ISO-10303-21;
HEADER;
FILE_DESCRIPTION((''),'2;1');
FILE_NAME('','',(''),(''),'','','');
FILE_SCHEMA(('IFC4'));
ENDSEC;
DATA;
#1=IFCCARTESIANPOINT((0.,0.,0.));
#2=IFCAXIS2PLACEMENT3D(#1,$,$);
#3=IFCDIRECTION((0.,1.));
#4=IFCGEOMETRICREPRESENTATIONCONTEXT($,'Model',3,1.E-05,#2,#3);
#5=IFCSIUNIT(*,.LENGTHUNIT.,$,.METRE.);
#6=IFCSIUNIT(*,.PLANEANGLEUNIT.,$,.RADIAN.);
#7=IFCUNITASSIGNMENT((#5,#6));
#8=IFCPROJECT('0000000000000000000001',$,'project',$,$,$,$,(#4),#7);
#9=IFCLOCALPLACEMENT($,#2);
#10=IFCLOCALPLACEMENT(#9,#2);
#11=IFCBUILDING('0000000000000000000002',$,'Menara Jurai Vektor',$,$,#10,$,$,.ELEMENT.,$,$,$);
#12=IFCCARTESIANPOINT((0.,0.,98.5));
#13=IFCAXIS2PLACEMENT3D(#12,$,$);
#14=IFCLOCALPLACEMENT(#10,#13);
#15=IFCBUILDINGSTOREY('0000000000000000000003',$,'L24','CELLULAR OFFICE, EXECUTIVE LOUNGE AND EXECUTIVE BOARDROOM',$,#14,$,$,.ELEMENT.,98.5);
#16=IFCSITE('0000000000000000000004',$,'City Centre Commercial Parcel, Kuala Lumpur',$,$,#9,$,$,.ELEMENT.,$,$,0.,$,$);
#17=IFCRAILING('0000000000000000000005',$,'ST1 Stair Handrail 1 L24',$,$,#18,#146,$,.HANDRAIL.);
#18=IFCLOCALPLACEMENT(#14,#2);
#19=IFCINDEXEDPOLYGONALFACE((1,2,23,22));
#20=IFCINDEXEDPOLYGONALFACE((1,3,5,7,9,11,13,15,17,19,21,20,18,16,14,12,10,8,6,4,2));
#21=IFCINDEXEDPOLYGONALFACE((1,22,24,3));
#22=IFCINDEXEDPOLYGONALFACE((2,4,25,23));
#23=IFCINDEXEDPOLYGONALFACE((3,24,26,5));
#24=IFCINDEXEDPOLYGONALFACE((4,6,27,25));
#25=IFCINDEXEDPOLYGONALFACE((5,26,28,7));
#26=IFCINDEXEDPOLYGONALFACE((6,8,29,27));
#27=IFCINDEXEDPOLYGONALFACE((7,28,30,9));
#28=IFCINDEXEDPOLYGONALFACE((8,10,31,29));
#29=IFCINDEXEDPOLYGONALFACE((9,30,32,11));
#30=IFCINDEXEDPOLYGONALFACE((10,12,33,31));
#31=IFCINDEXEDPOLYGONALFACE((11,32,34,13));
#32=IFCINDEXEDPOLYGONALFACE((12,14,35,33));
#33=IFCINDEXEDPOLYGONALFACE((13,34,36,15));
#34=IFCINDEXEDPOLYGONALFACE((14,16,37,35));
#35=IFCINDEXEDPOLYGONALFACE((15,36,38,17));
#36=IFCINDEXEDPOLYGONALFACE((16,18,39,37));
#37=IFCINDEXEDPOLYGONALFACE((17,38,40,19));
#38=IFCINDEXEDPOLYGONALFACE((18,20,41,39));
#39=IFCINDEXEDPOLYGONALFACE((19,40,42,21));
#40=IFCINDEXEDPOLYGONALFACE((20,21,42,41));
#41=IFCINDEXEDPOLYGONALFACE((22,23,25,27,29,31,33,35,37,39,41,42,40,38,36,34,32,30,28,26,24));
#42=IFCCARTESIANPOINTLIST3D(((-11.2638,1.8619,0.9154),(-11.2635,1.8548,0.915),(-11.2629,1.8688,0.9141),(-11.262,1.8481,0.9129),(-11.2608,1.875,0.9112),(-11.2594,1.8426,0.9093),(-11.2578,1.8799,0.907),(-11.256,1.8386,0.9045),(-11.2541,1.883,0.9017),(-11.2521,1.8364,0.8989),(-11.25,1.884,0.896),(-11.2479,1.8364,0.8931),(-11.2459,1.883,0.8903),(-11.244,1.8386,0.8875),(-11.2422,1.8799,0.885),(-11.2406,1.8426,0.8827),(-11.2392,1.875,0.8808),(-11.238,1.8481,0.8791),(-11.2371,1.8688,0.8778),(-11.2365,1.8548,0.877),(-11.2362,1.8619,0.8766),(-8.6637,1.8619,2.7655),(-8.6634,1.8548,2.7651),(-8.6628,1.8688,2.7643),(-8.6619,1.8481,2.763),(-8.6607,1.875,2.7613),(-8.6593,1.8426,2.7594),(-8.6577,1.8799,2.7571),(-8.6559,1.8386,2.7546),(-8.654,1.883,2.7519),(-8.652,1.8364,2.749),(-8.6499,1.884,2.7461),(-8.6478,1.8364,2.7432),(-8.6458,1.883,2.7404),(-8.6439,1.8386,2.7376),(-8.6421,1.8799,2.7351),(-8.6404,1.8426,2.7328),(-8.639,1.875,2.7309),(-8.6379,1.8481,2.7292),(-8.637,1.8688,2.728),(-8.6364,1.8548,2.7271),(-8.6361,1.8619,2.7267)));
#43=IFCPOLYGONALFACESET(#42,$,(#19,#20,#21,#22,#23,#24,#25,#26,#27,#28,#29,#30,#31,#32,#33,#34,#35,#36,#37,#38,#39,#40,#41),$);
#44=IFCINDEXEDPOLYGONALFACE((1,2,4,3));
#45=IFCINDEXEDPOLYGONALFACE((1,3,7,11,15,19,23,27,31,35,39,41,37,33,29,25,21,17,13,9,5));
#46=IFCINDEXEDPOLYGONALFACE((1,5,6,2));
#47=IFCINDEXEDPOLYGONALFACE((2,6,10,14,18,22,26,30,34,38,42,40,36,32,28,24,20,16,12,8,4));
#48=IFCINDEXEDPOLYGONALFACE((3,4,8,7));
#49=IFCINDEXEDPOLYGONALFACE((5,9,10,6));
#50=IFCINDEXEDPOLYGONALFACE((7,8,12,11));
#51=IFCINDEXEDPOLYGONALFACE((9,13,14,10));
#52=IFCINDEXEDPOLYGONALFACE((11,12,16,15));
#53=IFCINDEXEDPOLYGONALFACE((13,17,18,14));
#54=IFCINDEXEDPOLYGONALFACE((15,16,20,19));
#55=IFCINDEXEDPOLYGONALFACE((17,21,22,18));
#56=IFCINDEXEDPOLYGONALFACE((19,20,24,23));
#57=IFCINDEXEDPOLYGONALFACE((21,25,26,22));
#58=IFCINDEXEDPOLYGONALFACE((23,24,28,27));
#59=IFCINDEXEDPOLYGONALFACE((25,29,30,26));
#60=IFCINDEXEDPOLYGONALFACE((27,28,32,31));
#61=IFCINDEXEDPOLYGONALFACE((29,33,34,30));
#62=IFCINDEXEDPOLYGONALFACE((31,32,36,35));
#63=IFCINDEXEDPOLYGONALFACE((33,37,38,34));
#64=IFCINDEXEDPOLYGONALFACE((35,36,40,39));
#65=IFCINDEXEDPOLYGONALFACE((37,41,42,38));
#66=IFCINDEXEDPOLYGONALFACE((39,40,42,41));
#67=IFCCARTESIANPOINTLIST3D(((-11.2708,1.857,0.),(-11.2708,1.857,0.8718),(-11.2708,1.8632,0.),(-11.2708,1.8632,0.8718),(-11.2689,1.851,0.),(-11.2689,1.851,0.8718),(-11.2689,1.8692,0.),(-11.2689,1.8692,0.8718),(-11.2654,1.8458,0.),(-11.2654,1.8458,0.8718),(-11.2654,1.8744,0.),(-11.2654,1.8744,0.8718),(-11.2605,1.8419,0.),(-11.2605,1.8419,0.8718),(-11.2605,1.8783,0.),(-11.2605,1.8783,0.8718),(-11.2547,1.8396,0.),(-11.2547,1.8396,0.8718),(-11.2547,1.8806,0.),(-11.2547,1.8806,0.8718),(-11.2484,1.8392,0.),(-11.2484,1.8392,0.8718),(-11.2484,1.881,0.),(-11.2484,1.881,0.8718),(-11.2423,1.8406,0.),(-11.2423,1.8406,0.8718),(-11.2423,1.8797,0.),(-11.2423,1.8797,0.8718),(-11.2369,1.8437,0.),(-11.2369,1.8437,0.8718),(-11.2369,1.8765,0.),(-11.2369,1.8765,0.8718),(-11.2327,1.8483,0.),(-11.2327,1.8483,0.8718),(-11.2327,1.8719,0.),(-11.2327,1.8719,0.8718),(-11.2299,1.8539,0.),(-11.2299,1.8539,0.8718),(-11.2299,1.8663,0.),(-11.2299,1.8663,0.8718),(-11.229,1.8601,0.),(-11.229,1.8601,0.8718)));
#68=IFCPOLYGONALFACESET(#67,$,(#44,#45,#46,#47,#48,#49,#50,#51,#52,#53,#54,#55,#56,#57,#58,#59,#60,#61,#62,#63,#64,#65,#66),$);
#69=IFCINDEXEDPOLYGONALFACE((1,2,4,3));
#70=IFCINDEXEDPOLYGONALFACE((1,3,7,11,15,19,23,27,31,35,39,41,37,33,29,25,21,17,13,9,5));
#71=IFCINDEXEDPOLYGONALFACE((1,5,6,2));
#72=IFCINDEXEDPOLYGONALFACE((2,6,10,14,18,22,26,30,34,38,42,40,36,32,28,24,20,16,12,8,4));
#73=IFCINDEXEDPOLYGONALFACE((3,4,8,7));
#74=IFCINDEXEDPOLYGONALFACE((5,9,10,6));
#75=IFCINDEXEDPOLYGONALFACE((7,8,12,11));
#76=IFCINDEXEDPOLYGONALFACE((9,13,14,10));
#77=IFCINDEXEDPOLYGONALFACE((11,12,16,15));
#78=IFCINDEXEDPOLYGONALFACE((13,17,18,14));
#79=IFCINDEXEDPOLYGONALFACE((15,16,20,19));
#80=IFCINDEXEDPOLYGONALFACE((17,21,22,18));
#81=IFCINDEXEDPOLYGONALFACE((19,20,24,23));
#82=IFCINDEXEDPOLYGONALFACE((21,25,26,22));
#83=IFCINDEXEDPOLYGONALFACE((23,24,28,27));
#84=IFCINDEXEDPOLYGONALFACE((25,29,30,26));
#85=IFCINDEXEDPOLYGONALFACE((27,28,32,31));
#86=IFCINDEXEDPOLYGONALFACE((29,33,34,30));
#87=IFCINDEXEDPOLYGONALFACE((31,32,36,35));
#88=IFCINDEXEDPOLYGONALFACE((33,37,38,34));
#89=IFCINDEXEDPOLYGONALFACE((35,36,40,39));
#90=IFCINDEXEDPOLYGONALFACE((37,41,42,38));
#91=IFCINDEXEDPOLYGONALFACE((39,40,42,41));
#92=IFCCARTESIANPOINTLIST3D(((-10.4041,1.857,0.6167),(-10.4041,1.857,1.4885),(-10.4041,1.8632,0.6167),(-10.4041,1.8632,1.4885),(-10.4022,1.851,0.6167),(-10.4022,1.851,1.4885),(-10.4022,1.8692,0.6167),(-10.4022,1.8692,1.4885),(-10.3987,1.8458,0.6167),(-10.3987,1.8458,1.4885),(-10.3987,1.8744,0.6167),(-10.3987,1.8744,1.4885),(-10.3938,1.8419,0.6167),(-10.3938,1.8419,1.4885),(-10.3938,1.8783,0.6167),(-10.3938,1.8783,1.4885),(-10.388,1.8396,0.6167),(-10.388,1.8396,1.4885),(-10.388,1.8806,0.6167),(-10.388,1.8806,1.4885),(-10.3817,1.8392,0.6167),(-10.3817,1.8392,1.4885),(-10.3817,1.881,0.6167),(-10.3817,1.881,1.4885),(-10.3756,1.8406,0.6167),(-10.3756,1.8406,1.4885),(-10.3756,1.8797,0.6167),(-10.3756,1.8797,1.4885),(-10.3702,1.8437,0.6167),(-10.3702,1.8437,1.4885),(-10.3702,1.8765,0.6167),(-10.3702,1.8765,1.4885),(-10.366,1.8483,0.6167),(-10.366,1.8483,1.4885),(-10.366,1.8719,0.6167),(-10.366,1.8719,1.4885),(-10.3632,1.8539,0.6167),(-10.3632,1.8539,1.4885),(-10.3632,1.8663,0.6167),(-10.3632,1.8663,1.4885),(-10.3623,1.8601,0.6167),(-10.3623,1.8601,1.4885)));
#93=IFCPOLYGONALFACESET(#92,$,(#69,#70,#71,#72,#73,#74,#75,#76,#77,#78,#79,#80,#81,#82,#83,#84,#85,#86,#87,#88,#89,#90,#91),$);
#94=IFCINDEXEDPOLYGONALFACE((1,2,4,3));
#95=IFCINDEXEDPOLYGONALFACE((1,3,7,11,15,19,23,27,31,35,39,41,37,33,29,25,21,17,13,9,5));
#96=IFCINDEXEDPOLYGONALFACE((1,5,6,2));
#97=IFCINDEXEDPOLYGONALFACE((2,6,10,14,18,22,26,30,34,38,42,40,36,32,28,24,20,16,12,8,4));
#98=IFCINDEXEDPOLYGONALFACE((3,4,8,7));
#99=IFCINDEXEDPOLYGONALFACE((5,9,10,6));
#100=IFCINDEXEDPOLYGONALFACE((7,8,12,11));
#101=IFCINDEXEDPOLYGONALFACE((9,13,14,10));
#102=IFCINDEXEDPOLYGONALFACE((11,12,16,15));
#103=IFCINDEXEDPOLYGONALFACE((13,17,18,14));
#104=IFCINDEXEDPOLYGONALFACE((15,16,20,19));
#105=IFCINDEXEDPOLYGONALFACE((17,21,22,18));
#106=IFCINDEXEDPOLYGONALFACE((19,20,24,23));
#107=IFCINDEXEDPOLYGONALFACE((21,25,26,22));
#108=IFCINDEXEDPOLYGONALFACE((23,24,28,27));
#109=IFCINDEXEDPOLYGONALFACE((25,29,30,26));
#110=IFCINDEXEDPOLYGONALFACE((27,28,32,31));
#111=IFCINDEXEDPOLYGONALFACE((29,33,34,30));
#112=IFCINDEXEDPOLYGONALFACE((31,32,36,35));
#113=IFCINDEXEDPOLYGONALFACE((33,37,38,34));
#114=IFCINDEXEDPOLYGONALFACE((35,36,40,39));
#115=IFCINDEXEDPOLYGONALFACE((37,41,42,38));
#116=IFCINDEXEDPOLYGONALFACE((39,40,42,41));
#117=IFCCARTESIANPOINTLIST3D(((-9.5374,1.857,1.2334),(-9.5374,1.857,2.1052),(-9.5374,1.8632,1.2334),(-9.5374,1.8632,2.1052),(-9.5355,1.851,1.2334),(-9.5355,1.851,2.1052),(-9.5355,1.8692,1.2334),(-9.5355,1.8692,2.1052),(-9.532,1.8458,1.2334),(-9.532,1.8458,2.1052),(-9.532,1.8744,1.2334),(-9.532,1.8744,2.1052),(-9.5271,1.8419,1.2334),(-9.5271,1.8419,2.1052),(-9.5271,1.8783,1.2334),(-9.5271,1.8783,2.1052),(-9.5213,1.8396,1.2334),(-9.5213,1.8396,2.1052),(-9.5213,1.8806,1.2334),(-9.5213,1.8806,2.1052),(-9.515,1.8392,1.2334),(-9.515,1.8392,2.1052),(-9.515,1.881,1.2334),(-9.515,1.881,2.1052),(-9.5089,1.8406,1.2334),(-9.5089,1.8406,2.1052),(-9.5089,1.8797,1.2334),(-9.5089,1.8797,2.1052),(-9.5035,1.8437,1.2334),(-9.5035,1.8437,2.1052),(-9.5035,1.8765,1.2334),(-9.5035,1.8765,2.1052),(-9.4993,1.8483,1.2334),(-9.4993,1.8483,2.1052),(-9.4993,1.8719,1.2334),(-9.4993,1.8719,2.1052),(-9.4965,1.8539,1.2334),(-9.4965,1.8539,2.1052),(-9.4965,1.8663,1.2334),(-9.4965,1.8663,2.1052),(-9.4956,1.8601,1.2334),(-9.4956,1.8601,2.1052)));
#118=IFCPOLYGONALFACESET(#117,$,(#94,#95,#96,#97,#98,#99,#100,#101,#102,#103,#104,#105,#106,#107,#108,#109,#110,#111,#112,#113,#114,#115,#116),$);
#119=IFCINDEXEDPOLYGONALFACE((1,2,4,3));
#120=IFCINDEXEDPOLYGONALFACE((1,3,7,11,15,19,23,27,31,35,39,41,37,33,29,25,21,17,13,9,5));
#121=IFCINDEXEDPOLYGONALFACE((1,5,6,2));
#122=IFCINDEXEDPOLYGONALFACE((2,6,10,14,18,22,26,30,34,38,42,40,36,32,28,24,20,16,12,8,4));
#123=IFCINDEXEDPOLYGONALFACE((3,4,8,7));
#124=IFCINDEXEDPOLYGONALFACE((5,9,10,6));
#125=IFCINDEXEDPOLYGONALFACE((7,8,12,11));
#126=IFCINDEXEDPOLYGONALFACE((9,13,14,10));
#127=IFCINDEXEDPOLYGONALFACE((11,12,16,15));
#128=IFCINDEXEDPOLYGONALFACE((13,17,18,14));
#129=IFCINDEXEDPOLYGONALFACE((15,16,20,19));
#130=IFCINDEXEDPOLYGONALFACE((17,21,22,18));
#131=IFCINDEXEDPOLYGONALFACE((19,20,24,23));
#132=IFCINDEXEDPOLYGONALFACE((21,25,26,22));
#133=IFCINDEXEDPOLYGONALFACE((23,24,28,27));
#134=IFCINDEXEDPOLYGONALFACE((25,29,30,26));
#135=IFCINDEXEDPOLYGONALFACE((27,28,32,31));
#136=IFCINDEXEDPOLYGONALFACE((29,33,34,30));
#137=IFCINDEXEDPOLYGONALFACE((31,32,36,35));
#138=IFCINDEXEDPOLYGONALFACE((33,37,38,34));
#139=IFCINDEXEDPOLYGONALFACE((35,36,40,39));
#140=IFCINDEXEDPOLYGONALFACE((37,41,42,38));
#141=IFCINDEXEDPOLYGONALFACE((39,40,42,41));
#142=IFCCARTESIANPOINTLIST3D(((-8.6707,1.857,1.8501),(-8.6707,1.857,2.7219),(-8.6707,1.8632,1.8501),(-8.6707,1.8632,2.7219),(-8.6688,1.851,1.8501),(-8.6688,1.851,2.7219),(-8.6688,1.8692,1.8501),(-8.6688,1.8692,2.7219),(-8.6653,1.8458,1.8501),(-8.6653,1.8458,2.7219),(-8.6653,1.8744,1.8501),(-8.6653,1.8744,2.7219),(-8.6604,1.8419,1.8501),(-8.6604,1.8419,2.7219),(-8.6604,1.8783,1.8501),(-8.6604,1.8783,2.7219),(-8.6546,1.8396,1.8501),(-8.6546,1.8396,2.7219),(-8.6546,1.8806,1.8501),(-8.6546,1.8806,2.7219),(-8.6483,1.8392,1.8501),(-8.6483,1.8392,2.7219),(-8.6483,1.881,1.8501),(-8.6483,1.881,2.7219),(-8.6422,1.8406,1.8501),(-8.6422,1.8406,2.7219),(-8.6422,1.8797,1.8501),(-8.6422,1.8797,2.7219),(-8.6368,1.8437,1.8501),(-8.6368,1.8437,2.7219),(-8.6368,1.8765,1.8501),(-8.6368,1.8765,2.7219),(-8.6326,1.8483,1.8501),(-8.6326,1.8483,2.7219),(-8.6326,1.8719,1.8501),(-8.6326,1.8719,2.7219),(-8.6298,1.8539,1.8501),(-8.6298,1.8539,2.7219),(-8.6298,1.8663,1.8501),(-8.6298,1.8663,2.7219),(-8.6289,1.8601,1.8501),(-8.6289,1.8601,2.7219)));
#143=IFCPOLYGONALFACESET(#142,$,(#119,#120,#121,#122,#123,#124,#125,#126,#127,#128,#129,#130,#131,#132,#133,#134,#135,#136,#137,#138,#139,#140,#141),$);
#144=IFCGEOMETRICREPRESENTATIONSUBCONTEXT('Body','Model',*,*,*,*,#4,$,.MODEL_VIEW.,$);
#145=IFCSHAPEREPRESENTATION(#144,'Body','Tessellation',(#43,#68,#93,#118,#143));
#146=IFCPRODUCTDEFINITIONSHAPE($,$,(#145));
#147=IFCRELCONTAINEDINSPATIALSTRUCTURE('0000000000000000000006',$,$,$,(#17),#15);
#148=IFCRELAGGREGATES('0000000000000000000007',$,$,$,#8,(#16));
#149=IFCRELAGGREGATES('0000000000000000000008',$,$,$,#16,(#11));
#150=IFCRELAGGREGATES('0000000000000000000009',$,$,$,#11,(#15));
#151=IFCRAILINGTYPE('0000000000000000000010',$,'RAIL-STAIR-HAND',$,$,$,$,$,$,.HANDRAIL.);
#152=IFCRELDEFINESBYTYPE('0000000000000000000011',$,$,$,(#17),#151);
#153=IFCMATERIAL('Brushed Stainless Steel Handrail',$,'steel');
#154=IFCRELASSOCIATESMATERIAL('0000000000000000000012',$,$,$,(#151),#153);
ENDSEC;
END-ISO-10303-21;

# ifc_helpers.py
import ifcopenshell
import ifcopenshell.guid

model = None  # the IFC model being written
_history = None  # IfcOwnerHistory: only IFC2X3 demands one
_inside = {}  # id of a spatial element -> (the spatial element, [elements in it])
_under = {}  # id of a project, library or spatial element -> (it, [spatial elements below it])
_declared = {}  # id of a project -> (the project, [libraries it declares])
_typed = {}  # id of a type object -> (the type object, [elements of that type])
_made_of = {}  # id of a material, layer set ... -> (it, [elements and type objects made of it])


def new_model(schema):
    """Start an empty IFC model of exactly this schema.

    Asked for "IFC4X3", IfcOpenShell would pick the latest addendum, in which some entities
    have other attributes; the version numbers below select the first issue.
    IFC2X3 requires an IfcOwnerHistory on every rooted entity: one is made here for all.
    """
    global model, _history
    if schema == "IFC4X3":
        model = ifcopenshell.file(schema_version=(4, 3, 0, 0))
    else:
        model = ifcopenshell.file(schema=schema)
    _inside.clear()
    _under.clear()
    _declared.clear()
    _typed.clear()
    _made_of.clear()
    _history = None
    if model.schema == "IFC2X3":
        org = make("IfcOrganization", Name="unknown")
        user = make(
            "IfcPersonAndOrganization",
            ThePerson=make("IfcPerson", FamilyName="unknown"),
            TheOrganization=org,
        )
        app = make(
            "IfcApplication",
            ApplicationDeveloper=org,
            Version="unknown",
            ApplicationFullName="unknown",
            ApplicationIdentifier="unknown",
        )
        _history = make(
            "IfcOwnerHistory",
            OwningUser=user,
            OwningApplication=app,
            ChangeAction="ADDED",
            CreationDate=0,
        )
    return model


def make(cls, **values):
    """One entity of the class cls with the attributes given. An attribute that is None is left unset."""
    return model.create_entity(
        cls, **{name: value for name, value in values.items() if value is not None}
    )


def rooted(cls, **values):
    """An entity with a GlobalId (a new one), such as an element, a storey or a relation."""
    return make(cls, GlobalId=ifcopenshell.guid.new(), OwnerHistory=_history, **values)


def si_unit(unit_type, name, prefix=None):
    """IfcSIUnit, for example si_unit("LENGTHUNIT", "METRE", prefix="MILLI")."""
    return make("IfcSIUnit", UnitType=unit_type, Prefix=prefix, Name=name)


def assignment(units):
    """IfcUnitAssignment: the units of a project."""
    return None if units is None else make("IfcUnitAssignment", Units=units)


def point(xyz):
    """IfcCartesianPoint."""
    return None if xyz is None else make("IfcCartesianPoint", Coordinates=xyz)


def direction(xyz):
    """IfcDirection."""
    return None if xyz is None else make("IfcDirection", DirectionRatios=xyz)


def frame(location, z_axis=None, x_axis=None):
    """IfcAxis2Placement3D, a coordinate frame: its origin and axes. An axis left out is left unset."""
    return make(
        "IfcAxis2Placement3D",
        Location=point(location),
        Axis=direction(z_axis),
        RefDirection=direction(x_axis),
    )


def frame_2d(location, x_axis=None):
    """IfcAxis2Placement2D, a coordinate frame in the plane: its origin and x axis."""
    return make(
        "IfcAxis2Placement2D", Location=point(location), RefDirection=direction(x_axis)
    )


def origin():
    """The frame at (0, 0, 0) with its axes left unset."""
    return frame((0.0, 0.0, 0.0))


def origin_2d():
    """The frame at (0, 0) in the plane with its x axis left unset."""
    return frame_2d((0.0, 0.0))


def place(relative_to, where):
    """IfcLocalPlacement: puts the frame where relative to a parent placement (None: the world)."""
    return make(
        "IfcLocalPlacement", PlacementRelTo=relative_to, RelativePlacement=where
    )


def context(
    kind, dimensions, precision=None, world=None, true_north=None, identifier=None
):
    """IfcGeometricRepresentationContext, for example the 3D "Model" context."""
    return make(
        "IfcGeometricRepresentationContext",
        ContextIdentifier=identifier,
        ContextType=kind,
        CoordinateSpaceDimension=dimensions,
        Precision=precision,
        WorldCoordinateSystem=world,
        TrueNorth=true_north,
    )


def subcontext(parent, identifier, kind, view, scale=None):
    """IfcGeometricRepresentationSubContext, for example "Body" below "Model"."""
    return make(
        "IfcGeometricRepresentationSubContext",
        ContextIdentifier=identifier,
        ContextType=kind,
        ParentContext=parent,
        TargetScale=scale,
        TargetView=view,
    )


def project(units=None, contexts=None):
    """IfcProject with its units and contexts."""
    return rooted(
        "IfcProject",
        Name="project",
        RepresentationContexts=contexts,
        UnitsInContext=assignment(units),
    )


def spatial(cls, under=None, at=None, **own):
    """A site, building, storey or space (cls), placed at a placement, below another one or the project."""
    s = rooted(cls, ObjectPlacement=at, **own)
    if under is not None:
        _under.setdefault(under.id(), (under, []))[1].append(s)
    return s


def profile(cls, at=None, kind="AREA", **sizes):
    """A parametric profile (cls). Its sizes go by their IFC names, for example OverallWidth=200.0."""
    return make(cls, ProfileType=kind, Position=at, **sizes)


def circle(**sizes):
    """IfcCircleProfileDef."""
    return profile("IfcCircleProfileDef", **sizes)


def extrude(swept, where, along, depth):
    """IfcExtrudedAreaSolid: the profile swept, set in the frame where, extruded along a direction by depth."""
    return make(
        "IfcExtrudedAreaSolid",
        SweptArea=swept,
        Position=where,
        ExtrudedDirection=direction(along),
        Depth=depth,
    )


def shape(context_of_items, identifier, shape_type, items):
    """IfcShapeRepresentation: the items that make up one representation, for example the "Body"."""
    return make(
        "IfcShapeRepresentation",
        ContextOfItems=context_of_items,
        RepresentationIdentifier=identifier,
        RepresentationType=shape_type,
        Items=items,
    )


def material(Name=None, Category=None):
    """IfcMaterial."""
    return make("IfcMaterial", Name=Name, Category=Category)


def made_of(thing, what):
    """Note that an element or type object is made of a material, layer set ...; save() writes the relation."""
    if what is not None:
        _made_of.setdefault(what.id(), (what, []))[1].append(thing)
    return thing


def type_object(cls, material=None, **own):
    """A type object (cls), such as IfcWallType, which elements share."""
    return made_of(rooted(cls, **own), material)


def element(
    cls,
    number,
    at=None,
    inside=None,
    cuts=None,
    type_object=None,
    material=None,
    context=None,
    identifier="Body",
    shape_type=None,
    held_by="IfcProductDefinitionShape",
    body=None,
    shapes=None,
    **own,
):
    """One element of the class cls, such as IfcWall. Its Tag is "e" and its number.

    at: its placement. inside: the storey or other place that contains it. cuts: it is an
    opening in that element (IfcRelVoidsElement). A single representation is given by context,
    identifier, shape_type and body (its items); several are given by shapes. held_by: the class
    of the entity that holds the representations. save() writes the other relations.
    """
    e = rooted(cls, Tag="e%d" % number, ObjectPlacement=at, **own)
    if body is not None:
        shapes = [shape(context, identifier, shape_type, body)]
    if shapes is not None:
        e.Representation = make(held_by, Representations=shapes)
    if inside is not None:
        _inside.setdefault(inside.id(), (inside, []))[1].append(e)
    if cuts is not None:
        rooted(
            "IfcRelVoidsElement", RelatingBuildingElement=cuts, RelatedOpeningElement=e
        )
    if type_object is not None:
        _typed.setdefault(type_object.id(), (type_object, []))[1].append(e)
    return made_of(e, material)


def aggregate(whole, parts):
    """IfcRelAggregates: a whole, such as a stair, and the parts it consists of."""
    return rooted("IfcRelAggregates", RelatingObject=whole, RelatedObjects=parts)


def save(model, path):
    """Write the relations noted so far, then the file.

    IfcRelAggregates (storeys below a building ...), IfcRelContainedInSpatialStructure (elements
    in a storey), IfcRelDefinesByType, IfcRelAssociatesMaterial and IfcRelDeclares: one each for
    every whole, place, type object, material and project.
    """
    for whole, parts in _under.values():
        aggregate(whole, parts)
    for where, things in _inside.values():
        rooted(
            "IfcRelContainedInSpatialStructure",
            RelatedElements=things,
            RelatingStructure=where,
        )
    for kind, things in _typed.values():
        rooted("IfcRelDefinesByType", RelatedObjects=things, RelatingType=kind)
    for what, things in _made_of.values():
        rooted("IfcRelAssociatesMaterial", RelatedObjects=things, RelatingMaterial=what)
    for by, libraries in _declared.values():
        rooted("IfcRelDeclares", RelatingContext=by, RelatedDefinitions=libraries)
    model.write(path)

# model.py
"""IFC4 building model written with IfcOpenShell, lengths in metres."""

from ifc_helpers import new_model, si_unit, direction, frame, origin, origin_2d, place, context, subcontext, project, spatial, circle, extrude, material, type_object, element, save


model = new_model("IFC4")

# Units and contexts
model_context = context("Model", 3, precision=1e-05, world=origin(), true_north=direction((0.0, 1.0)))
body_context = subcontext(model_context, "Body", "Model", "MODEL_VIEW")
ifc_project = project(units=[si_unit("LENGTHUNIT", "METRE"), si_unit("PLANEANGLEUNIT", "RADIAN")], contexts=[model_context])

# Site, building, storey
site_placement = place(None, origin())
site = spatial("IfcSite", under=ifc_project, at=site_placement, Name="City Centre Commercial Parcel, Kuala Lumpur", CompositionType="ELEMENT", RefElevation=0.0)
building_placement = place(site_placement, origin())
building = spatial("IfcBuilding", under=site, at=building_placement, Name="Menara Jurai Vektor", CompositionType="ELEMENT")
storey_placement = place(building_placement, frame((0.0, 0.0, 98.5)))
storey = spatial("IfcBuildingStorey", under=building, at=storey_placement, Name="L24", Description="CELLULAR OFFICE, EXECUTIVE LOUNGE AND EXECUTIVE BOARDROOM", CompositionType="ELEMENT", Elevation=98.5)

# Railing
ifc_material_1 = material(Name="Brushed Stainless Steel Handrail", Category="steel")
railing_type_1 = type_object("IfcRailingType", Name="RAIL-STAIR-HAND", PredefinedType="HANDRAIL", material=ifc_material_1)
railing_1_placement = place(storey_placement, frame((-11.25, 1.8601, 0.0)))
element("IfcRailing", 1, at=railing_1_placement, inside=storey, type_object=railing_type_1, Name="ST1 Stair Handrail 1 L24", PredefinedType="HANDRAIL", context=body_context, shape_type="SweptSolid", body=[
    extrude(circle(Radius=0.0239, at=origin_2d()), frame((0.0, 0.0, 0.896), z_axis=(0.814787, 0.0, 0.579761), x_axis=(0.0, 1.0, 0.0)), (0.0, 0.0, 1.0), 3.1912),
    extrude(circle(Radius=0.021, at=origin_2d()), origin(), (0.0, 0.0, 1.0), 0.8718),
    extrude(circle(Radius=0.021, at=origin_2d()), frame((0.8667, 0.0, 0.6167)), (0.0, 0.0, 1.0), 0.8718),
    extrude(circle(Radius=0.021, at=origin_2d()), frame((1.7334, 0.0, 1.2334)), (0.0, 0.0, 1.0), 0.8718),
    extrude(circle(Radius=0.021, at=origin_2d()), frame((2.6001, 0.0, 1.8501)), (0.0, 0.0, 1.0), 0.8718),
])

save(model, "model.ifc")
